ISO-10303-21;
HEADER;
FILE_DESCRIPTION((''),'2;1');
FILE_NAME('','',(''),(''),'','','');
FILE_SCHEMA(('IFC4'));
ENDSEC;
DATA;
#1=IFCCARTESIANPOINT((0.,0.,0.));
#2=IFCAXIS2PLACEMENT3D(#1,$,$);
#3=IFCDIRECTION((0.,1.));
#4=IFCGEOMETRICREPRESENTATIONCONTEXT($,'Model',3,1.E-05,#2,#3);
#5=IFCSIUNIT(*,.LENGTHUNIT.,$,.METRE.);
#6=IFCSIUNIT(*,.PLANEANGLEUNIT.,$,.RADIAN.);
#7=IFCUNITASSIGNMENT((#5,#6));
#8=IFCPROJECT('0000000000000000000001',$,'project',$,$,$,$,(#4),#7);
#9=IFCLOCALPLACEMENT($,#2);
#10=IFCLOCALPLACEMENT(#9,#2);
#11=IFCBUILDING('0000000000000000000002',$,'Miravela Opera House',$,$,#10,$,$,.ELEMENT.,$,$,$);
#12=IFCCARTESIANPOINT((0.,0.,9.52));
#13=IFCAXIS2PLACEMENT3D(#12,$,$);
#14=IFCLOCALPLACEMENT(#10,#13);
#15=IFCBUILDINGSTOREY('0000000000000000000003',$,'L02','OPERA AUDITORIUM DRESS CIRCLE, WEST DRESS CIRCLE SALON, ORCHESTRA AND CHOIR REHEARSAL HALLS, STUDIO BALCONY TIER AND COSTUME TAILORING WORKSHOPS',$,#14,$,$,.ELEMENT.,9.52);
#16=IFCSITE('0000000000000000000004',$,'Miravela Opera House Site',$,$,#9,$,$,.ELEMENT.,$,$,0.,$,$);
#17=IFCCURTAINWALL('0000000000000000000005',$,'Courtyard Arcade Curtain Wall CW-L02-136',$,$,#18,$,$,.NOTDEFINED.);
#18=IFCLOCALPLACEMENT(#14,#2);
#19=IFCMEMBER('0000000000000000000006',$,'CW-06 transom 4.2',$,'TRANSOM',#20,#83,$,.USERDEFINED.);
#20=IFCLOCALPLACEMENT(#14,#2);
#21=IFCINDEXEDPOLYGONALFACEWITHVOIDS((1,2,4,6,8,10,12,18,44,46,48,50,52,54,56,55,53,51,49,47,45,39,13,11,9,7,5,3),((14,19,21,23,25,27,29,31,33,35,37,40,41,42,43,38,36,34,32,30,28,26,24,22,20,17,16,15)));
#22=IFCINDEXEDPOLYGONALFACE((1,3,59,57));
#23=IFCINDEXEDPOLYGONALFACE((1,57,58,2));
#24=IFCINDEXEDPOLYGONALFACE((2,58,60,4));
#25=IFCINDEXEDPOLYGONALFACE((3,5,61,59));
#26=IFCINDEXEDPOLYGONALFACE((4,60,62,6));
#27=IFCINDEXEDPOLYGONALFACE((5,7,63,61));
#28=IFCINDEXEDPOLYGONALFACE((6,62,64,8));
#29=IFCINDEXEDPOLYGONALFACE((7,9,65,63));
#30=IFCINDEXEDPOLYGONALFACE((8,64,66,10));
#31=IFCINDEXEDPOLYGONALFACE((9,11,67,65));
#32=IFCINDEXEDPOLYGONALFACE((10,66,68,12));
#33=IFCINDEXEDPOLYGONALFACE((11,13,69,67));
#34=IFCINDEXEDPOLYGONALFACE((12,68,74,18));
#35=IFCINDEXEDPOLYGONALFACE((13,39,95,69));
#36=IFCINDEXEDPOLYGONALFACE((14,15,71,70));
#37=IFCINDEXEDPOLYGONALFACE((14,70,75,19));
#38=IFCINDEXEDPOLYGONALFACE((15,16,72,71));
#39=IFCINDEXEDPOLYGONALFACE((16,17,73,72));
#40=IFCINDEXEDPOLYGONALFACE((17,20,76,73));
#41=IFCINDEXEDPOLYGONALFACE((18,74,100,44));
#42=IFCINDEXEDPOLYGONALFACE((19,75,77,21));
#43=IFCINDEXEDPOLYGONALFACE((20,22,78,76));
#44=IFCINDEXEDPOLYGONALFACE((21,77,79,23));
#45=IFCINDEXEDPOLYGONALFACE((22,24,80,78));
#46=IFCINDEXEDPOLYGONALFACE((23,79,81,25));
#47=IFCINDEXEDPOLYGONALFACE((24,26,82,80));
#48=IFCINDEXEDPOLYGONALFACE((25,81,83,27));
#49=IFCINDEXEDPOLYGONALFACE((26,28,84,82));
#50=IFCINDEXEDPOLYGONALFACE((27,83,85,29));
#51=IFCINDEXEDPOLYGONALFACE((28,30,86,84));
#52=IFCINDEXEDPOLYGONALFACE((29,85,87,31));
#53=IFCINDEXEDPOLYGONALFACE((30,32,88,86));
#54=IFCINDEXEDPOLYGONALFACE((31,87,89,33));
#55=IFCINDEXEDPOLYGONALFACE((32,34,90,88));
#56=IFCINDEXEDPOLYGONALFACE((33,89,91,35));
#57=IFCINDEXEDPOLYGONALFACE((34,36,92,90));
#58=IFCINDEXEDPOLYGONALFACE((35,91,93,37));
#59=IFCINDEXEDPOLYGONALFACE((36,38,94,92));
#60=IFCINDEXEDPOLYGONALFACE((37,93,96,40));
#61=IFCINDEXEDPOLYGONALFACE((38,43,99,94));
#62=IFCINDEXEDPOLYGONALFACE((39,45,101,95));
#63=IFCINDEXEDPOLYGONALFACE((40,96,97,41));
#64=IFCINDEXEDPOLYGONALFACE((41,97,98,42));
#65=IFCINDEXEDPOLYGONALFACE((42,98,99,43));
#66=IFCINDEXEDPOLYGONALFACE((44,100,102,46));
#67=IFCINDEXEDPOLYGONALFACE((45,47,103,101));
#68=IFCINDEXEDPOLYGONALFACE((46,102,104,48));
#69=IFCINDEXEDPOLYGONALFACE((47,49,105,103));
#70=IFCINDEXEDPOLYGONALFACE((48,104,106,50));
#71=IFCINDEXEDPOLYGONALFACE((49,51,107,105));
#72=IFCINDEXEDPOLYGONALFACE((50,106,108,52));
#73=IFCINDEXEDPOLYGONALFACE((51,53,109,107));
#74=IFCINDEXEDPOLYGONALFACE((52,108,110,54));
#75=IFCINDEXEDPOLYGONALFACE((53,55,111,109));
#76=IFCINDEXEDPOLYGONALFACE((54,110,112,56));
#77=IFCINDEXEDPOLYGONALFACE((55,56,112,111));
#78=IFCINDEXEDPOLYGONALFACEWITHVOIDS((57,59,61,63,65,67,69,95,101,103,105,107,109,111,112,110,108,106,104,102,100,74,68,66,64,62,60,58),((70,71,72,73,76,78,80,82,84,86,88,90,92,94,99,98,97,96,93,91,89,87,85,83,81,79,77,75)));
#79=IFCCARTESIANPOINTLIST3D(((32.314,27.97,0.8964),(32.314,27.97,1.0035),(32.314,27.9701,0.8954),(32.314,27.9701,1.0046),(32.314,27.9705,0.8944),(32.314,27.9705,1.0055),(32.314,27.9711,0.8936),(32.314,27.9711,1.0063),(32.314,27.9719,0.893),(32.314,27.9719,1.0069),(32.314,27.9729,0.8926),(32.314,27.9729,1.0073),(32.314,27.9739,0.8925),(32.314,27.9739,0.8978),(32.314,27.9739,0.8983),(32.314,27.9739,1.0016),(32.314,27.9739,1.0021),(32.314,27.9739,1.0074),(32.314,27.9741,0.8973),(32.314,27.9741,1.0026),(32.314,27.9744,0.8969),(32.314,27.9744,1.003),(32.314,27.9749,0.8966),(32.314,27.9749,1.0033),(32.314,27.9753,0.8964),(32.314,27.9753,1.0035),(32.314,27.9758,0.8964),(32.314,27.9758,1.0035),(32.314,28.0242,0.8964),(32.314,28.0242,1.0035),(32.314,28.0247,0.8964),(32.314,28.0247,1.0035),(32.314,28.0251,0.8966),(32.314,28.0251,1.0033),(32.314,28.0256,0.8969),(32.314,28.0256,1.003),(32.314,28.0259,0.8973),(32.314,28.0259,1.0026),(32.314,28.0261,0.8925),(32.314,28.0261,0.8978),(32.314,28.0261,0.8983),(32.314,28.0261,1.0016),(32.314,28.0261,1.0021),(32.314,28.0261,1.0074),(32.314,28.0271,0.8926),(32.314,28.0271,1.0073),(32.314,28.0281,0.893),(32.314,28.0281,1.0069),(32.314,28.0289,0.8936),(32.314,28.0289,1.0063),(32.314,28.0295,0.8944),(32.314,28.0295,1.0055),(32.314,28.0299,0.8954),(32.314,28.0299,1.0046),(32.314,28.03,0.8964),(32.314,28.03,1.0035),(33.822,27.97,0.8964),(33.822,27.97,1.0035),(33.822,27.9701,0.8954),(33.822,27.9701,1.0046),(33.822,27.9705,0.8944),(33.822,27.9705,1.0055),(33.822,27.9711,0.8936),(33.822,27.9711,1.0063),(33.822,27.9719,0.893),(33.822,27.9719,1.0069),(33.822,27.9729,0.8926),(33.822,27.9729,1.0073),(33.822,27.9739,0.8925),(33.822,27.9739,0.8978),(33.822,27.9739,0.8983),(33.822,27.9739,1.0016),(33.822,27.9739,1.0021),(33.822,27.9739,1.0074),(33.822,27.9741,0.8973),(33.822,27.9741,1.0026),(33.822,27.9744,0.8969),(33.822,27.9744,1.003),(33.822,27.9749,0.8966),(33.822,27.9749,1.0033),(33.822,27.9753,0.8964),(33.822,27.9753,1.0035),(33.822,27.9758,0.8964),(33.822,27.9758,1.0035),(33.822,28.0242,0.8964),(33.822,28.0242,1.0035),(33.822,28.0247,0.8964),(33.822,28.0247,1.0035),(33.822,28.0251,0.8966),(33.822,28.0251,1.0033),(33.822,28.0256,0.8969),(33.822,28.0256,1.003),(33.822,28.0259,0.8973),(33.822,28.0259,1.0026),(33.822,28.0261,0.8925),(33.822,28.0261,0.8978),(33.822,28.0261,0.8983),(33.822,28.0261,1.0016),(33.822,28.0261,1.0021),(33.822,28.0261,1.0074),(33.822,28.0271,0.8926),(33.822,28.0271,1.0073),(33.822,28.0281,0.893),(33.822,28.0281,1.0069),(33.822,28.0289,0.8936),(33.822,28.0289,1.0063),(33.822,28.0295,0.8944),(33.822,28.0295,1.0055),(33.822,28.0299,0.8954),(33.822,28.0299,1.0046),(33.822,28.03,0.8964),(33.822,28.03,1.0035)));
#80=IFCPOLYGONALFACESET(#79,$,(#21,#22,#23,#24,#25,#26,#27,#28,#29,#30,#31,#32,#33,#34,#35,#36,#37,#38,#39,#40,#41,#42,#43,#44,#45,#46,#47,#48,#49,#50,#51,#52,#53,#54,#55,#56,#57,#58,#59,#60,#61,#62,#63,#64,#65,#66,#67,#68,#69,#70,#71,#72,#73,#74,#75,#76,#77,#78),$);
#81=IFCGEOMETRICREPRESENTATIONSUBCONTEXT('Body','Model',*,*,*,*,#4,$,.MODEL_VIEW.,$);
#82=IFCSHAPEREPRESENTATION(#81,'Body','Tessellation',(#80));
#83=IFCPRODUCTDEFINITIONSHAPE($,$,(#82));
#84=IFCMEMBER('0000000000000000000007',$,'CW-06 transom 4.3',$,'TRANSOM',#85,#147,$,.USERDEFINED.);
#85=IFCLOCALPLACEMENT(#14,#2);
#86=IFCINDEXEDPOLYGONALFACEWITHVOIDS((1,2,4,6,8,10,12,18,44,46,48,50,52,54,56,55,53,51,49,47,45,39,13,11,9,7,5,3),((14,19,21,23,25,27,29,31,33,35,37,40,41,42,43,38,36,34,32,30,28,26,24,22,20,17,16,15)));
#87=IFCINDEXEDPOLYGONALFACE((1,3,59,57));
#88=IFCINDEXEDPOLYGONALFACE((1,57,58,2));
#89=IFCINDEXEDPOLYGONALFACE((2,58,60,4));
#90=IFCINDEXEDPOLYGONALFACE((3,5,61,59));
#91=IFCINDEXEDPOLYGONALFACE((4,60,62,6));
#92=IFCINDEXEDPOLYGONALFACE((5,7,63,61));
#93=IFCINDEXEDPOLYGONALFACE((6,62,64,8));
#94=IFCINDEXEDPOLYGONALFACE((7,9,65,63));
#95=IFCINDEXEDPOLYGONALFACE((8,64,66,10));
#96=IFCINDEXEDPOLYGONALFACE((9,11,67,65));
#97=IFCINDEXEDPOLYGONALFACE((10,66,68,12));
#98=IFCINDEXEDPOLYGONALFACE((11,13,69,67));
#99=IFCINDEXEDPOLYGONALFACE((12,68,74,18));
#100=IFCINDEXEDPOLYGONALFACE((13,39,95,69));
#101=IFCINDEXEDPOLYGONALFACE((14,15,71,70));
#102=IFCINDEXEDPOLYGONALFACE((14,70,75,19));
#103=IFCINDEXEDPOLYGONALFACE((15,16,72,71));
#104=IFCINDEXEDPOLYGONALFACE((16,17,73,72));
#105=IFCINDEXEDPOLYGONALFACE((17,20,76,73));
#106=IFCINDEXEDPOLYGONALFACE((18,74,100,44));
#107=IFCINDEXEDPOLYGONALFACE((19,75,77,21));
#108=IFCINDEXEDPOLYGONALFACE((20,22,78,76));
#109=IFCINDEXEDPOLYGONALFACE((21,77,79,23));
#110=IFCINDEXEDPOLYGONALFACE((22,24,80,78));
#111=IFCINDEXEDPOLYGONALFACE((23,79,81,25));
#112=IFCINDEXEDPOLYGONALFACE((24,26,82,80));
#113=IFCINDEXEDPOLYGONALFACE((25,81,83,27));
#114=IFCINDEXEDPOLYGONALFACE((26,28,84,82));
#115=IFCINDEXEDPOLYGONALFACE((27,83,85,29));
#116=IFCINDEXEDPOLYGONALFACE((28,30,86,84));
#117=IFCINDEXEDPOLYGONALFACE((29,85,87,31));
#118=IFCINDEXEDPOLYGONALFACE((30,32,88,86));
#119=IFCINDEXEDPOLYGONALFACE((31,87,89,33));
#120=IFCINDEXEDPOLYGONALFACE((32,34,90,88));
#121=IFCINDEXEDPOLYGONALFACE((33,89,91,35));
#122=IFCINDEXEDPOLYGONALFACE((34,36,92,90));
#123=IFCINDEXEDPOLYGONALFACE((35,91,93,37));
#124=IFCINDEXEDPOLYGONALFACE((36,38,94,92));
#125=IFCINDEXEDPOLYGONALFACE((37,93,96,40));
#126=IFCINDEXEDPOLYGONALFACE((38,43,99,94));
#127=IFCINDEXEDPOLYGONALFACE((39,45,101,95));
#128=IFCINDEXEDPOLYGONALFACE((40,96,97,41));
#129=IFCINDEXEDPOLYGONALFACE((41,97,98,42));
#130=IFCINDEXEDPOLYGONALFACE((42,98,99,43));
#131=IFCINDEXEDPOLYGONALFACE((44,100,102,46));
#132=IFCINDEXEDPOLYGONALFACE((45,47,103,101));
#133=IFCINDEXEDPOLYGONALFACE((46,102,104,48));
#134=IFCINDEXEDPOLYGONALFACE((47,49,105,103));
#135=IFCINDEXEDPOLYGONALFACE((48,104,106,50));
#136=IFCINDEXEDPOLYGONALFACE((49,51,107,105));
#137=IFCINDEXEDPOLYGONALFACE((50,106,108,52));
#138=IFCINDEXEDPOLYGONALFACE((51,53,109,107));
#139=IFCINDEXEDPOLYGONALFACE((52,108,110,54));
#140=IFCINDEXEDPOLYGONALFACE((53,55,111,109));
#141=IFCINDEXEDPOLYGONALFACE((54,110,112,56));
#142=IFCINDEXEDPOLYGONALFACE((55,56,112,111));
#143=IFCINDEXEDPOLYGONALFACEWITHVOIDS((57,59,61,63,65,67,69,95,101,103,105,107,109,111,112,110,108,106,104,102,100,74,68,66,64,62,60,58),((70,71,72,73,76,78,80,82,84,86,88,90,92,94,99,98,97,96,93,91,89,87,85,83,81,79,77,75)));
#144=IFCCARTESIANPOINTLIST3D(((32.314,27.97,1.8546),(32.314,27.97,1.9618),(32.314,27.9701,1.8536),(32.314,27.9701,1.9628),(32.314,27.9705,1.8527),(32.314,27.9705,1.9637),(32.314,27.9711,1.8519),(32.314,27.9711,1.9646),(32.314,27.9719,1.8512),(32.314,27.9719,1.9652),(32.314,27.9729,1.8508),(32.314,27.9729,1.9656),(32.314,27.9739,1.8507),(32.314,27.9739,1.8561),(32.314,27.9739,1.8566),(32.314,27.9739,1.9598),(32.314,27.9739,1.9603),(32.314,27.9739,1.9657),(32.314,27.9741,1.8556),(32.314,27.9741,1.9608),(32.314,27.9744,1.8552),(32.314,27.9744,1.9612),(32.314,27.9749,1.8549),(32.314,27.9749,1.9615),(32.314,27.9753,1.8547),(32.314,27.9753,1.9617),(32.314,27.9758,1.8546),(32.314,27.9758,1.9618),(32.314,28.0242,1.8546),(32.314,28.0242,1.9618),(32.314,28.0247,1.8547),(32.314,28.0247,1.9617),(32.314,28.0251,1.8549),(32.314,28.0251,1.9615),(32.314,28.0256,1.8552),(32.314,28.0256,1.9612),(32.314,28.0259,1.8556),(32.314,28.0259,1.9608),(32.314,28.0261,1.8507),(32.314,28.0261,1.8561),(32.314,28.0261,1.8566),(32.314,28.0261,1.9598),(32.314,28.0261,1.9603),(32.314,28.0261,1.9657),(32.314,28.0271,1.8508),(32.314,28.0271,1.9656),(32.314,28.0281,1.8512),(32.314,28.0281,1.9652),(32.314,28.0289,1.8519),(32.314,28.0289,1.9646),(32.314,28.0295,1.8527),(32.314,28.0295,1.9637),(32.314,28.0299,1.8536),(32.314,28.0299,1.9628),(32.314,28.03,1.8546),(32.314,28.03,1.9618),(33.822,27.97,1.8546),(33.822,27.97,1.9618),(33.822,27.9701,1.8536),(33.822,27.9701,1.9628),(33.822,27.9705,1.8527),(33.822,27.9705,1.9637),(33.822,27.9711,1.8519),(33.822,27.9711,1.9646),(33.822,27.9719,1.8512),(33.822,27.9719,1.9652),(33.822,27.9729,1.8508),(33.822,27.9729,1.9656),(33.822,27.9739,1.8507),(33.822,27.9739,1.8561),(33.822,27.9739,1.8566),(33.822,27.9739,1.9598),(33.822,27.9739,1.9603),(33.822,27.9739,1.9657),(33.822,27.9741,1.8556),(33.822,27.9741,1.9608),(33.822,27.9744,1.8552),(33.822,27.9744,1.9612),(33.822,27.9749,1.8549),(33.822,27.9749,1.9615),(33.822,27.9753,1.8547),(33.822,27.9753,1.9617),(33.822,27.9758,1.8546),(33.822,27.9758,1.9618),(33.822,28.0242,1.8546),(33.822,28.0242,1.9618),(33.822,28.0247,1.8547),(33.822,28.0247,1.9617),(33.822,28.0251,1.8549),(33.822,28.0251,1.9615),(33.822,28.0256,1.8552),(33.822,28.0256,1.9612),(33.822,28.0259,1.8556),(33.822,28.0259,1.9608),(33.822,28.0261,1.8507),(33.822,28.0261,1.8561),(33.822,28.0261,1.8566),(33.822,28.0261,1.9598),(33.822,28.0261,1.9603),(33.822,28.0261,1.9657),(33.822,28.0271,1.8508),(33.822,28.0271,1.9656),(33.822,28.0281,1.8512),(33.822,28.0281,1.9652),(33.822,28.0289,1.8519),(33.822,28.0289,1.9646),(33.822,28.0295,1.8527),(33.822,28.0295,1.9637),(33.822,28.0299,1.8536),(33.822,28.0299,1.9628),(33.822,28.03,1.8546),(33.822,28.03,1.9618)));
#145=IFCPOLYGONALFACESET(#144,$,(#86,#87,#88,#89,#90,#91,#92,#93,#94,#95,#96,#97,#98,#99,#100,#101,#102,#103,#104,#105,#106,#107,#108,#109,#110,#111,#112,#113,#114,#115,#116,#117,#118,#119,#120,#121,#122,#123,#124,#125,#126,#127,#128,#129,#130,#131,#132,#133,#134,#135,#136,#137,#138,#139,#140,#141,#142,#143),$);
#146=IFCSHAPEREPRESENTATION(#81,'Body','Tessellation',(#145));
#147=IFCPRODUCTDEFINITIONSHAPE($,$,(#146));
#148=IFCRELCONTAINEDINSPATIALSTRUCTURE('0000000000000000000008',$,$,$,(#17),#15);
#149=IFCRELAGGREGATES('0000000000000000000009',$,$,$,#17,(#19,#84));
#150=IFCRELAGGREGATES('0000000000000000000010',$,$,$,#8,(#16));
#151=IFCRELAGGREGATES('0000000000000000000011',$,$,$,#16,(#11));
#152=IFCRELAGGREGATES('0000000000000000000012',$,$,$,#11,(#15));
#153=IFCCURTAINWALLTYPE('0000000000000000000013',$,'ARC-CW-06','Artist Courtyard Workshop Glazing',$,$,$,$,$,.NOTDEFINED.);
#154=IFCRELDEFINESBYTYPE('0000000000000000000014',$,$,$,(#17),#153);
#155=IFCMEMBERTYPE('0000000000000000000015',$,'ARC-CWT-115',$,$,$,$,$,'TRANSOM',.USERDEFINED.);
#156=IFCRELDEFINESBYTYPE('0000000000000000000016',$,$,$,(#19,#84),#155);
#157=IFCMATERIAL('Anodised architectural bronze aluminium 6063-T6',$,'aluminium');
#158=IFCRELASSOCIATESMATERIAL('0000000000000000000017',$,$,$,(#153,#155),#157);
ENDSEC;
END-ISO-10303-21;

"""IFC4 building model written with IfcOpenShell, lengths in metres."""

from ifc_helpers import new_model, si_unit, direction, frame, origin, origin_2d, place, context, subcontext, project, spatial, hollow_rectangle, extrude, material, material_profile, profile_set, type_object, element, aggregate, save


model = new_model("IFC4")

# Units and contexts
model_context = context("Model", 3, precision=1e-05, world=origin(), true_north=direction((0.0, 1.0)))
body_context = subcontext(model_context, "Body", "Model", "MODEL_VIEW")
ifc_project = project(units=[si_unit("LENGTHUNIT", "METRE"), si_unit("PLANEANGLEUNIT", "RADIAN")], contexts=[model_context])

# Site, building, storey
site_placement = place(None, origin())
site = spatial("IfcSite", under=ifc_project, at=site_placement, Name="Miravela Opera House Site", CompositionType="ELEMENT", RefElevation=0.0)
building_placement = place(site_placement, origin())
building = spatial("IfcBuilding", under=site, at=building_placement, Name="Miravela Opera House", CompositionType="ELEMENT")
storey_placement = place(building_placement, frame((0.0, 0.0, 9.52)))
storey = spatial("IfcBuildingStorey", under=building, at=storey_placement, Name="L02", Description="OPERA AUDITORIUM DRESS CIRCLE, WEST DRESS CIRCLE SALON, ORCHESTRA AND CHOIR REHEARSAL HALLS, STUDIO BALCONY TIER AND COSTUME TAILORING WORKSHOPS", CompositionType="ELEMENT", Elevation=9.52)

# Curtain wall, members
ifc_material_1 = material(Name="Anodised architectural bronze aluminium 6063-T6", Category="aluminium")
curtain_wall_type = type_object("IfcCurtainWallType", Name="ARC-CW-06", Description="Artist Courtyard Workshop Glazing", PredefinedType="NOTDEFINED", material=ifc_material_1)
curtain_wall_placement = place(storey_placement, origin())
curtain_wall = element("IfcCurtainWall", 1, at=curtain_wall_placement, inside=storey, type_object=curtain_wall_type, Name="Courtyard Arcade Curtain Wall CW-L02-136", PredefinedType="NOTDEFINED")
ifc_material_profile_1 = material_profile(ifc_material_1, hollow_rectangle(XDim=0.0601, YDim=0.115, WallThickness=0.0039, InnerFilletRadius=0.002, OuterFilletRadius=0.0039, at=origin_2d()), Name="CWT-60X115")
ifc_profile_set_1 = profile_set([ifc_material_profile_1])
member_type_1 = type_object("IfcMemberType", Name="ARC-CWT-115", ElementType="TRANSOM", PredefinedType="USERDEFINED", material=ifc_profile_set_1)
member_1_placement = place(storey_placement, frame((32.314, 28.0, 0.95), z_axis=(1.0, 0.0, 0.0), x_axis=(0.0, 1.0, 0.0)))
member_1 = element("IfcMember", 2, at=member_1_placement, type_object=member_type_1, Name="CW-06 transom 4.2", ObjectType="TRANSOM", PredefinedType="USERDEFINED", context=body_context, shape_type="SweptSolid", body=[
    extrude(hollow_rectangle(XDim=0.0601, YDim=0.115, WallThickness=0.0039, InnerFilletRadius=0.002, OuterFilletRadius=0.0039, at=origin_2d()), origin(), (0.0, 0.0, 1.0), 1.5081),
])
member_2_placement = place(storey_placement, frame((32.314, 28.0, 1.9082), z_axis=(1.0, 0.0, 0.0), x_axis=(0.0, 1.0, 0.0)))
member_2 = element("IfcMember", 3, at=member_2_placement, type_object=member_type_1, Name="CW-06 transom 4.3", ObjectType="TRANSOM", PredefinedType="USERDEFINED", context=body_context, shape_type="SweptSolid", body=[
    extrude(hollow_rectangle(XDim=0.0601, YDim=0.115, WallThickness=0.0039, InnerFilletRadius=0.002, OuterFilletRadius=0.0039, at=origin_2d()), origin(), (0.0, 0.0, 1.0), 1.5081),
])
aggregate(curtain_wall, [member_1, member_2])

save(model, "model.ifc")
